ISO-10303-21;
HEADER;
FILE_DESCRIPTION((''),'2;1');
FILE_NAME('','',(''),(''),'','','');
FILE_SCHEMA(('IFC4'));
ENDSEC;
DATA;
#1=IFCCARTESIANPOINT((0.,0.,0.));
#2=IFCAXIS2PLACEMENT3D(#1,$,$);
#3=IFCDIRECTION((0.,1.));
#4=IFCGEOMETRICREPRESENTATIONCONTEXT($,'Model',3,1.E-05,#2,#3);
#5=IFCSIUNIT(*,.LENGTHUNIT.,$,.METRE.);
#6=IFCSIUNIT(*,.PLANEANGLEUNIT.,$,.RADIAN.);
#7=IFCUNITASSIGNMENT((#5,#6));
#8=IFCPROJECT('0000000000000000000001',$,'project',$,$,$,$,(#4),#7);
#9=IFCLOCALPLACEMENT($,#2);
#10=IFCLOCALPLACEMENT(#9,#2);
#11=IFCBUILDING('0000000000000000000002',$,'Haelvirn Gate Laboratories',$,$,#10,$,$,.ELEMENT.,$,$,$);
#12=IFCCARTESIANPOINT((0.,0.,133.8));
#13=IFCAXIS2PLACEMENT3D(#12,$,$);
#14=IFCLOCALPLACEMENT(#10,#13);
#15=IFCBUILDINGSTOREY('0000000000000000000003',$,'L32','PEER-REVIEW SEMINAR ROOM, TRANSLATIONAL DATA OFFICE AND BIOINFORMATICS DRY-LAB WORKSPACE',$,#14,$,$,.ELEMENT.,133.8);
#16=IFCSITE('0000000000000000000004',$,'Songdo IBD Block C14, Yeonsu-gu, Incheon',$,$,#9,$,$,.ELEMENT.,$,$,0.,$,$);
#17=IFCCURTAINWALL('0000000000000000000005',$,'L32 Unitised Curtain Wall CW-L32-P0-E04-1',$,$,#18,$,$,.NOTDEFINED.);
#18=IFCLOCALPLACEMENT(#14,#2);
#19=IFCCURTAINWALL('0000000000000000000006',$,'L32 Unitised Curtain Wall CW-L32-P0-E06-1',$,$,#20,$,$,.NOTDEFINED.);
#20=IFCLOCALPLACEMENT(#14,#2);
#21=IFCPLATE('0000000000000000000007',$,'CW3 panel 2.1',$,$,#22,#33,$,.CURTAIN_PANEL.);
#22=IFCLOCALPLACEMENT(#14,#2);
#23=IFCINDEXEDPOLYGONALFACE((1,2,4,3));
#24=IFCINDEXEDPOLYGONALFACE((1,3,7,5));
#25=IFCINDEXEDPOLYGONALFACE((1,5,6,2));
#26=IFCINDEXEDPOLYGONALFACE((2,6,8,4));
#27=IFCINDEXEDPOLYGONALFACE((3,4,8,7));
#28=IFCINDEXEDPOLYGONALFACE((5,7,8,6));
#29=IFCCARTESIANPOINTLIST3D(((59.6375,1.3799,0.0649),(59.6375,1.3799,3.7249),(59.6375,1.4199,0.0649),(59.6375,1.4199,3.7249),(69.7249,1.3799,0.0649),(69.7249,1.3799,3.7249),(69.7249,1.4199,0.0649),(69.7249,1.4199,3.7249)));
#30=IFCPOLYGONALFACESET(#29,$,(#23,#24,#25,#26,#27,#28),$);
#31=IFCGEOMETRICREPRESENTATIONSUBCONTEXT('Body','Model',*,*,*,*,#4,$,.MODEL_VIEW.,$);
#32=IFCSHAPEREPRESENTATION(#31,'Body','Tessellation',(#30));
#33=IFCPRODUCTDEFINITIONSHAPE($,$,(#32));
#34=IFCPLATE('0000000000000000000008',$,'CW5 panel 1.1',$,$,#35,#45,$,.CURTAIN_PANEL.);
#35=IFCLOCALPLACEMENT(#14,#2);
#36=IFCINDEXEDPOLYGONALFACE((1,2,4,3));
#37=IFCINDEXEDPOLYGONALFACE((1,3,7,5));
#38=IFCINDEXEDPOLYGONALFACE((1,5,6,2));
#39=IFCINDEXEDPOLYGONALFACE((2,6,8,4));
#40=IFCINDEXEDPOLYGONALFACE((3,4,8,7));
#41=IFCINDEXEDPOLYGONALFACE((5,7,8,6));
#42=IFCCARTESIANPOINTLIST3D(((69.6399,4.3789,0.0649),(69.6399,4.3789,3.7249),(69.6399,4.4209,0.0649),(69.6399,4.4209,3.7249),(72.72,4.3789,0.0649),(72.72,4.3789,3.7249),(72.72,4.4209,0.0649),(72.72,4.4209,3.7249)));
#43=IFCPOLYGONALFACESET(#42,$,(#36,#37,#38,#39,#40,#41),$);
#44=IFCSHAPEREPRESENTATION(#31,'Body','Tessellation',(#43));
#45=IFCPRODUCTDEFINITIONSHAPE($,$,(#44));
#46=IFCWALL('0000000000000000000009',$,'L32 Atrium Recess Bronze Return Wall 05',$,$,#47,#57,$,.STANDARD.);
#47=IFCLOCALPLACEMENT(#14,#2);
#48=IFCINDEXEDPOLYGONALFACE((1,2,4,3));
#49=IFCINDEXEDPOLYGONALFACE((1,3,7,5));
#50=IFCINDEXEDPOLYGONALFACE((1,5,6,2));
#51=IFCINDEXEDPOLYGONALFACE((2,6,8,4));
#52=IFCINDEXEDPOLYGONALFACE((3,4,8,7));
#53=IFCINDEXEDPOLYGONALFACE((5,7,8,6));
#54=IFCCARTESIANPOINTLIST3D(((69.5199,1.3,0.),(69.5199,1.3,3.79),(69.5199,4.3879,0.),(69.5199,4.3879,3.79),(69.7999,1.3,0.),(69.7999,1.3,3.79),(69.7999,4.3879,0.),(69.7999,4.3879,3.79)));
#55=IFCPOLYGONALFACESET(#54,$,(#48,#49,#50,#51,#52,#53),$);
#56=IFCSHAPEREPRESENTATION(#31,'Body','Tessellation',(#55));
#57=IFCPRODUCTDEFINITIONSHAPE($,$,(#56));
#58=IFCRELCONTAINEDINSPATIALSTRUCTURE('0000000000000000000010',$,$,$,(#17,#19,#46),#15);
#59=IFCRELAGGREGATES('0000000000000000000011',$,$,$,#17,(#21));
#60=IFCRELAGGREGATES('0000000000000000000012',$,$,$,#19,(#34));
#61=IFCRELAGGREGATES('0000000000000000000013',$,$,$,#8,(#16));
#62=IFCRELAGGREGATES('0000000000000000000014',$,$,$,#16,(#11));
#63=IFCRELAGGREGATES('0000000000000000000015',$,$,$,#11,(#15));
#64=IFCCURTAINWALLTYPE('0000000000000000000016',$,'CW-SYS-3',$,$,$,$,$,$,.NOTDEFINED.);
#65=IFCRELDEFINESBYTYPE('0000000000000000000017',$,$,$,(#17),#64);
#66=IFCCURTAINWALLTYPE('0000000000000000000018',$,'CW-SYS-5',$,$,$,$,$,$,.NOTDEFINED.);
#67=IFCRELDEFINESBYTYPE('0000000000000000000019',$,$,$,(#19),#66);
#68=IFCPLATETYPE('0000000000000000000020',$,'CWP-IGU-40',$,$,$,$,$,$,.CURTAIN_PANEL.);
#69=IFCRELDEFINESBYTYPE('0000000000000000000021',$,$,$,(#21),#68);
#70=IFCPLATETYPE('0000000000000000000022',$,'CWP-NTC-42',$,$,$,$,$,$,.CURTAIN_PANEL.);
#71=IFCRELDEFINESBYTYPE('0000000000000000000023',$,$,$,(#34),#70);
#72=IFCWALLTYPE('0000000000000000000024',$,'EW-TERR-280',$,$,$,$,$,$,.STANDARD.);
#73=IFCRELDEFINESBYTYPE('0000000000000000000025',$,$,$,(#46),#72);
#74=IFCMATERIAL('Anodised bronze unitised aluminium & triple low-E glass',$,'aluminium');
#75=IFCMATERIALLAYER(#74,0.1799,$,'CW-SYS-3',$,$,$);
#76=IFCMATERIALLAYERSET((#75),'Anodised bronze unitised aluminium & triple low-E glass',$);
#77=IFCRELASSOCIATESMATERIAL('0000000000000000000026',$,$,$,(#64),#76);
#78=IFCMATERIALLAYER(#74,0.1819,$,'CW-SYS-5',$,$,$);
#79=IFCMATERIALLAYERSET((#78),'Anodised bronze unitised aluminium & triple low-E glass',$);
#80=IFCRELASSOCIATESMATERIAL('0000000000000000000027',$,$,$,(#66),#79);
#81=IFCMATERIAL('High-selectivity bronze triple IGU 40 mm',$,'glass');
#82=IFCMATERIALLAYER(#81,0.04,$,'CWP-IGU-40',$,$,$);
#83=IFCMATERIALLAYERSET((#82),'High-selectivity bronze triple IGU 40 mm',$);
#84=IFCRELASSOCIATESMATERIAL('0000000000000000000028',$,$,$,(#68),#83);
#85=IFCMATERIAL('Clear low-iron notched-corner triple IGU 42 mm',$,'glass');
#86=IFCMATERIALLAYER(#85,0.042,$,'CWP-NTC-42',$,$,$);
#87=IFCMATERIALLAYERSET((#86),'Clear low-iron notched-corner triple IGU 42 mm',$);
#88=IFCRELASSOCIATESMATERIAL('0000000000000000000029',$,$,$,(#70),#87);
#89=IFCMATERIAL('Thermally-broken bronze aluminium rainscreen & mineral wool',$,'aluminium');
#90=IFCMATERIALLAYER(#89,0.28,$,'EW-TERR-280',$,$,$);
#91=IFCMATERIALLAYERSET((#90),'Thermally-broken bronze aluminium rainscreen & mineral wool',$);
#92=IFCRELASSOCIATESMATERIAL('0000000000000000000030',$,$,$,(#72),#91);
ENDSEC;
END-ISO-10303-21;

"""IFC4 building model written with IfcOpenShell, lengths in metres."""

from ifc_helpers import new_model, si_unit, direction, frame, frame_2d, origin, origin_2d, place, context, subcontext, project, spatial, rectangle, extrude, source, transform, mapped, material, layer, layer_set, type_object, type_shapes, element, aggregate, save


model = new_model("IFC4")

# Units and contexts
model_context = context("Model", 3, precision=1e-05, world=origin(), true_north=direction((0.0, 1.0)))
body_context = subcontext(model_context, "Body", "Model", "MODEL_VIEW")
ifc_project = project(units=[si_unit("LENGTHUNIT", "METRE"), si_unit("PLANEANGLEUNIT", "RADIAN")], contexts=[model_context])

# Site, building, storey
site_placement = place(None, origin())
site = spatial("IfcSite", under=ifc_project, at=site_placement, Name="Songdo IBD Block C14, Yeonsu-gu, Incheon", CompositionType="ELEMENT", RefElevation=0.0)
building_placement = place(site_placement, origin())
building = spatial("IfcBuilding", under=site, at=building_placement, Name="Haelvirn Gate Laboratories", CompositionType="ELEMENT")
storey_placement = place(building_placement, frame((0.0, 0.0, 133.8)))
storey = spatial("IfcBuildingStorey", under=building, at=storey_placement, Name="L32", Description="PEER-REVIEW SEMINAR ROOM, TRANSLATIONAL DATA OFFICE AND BIOINFORMATICS DRY-LAB WORKSPACE", CompositionType="ELEMENT", Elevation=133.8)

# Curtain walls
ifc_material_1 = material(Name="Anodised bronze unitised aluminium & triple low-E glass", Category="aluminium")
ifc_layer_1 = layer(ifc_material_1, 0.1799, Name="CW-SYS-3")
ifc_layer_set_1 = layer_set([ifc_layer_1], Name="Anodised bronze unitised aluminium & triple low-E glass")
curtain_wall_type_1 = type_object("IfcCurtainWallType", Name="CW-SYS-3", PredefinedType="NOTDEFINED", material=ifc_layer_set_1)
curtain_wall_1_placement = place(storey_placement, origin())
curtain_wall_1 = element("IfcCurtainWall", 1, at=curtain_wall_1_placement, inside=storey, type_object=curtain_wall_type_1, Name="L32 Unitised Curtain Wall CW-L32-P0-E04-1", PredefinedType="NOTDEFINED")
ifc_layer_2 = layer(ifc_material_1, 0.1819, Name="CW-SYS-5")
ifc_layer_set_2 = layer_set([ifc_layer_2], Name="Anodised bronze unitised aluminium & triple low-E glass")
curtain_wall_type_2 = type_object("IfcCurtainWallType", Name="CW-SYS-5", PredefinedType="NOTDEFINED", material=ifc_layer_set_2)
curtain_wall_2_placement = place(storey_placement, origin())
curtain_wall_2 = element("IfcCurtainWall", 2, at=curtain_wall_2_placement, inside=storey, type_object=curtain_wall_type_2, Name="L32 Unitised Curtain Wall CW-L32-P0-E06-1", PredefinedType="NOTDEFINED")

# Plates
ifc_material_2 = material(Name="High-selectivity bronze triple IGU 40 mm", Category="glass")
ifc_layer_3 = layer(ifc_material_2, 0.04, Name="CWP-IGU-40")
ifc_layer_set_3 = layer_set([ifc_layer_3], Name="High-selectivity bronze triple IGU 40 mm")
plate_type_1 = type_object("IfcPlateType", Name="CWP-IGU-40", PredefinedType="CURTAIN_PANEL", material=ifc_layer_set_3)
shared_shape_1 = source(origin(), body_context, "Body", "SweptSolid", [
    extrude(rectangle(XDim=10.0874, YDim=0.04, at=origin_2d()), origin(), (0.0, 0.0, 1.0), 3.6599),
])
type_shapes(plate_type_1, [shared_shape_1])
plate_1_placement = place(storey_placement, frame((64.6812, 1.3999, 0.0649), z_axis=(0.0, 0.0, 1.0), x_axis=(1.0, 0.0, 0.0)))
plate_1 = element("IfcPlate", 3, at=plate_1_placement, type_object=plate_type_1, Name="CW3 panel 2.1", PredefinedType="CURTAIN_PANEL", context=body_context, shape_type="MappedRepresentation", body=[
    mapped(shared_shape_1, transform((0.0, 0.0, 0.0), scale=1.0)),
])
aggregate(curtain_wall_1, [plate_1])
ifc_material_3 = material(Name="Clear low-iron notched-corner triple IGU 42 mm", Category="glass")
ifc_layer_4 = layer(ifc_material_3, 0.042, Name="CWP-NTC-42")
ifc_layer_set_4 = layer_set([ifc_layer_4], Name="Clear low-iron notched-corner triple IGU 42 mm")
plate_type_2 = type_object("IfcPlateType", Name="CWP-NTC-42", PredefinedType="CURTAIN_PANEL", material=ifc_layer_set_4)
shared_shape_2 = source(origin(), body_context, "Body", "SweptSolid", [
    extrude(rectangle(XDim=3.0801, YDim=0.042, at=origin_2d()), origin(), (0.0, 0.0, 1.0), 3.6599),
])
type_shapes(plate_type_2, [shared_shape_2])
plate_2_placement = place(storey_placement, frame((71.1799, 4.3999, 0.0649), z_axis=(0.0, 0.0, 1.0), x_axis=(1.0, 0.0, 0.0)))
plate_2 = element("IfcPlate", 4, at=plate_2_placement, type_object=plate_type_2, Name="CW5 panel 1.1", PredefinedType="CURTAIN_PANEL", context=body_context, shape_type="MappedRepresentation", body=[
    mapped(shared_shape_2, transform((0.0, 0.0, 0.0), scale=1.0)),
])
aggregate(curtain_wall_2, [plate_2])

# Wall
ifc_material_4 = material(Name="Thermally-broken bronze aluminium rainscreen & mineral wool", Category="aluminium")
ifc_layer_5 = layer(ifc_material_4, 0.28, Name="EW-TERR-280")
ifc_layer_set_5 = layer_set([ifc_layer_5], Name="Thermally-broken bronze aluminium rainscreen & mineral wool")
wall_type = type_object("IfcWallType", Name="EW-TERR-280", PredefinedType="STANDARD", material=ifc_layer_set_5)
wall_placement = place(storey_placement, frame((69.6599, 1.3, 0.0), z_axis=(0.0, 0.0, 1.0), x_axis=(0.0, 1.0, 0.0)))
element("IfcWall", 5, at=wall_placement, inside=storey, type_object=wall_type, Name="L32 Atrium Recess Bronze Return Wall 05", PredefinedType="STANDARD", context=body_context, shape_type="SweptSolid", body=[
    extrude(rectangle(XDim=3.0879, YDim=0.28, at=frame_2d((1.5439, 0.0))), origin(), (0.0, 0.0, 1.0), 3.79),
])

save(model, "model.ifc")
